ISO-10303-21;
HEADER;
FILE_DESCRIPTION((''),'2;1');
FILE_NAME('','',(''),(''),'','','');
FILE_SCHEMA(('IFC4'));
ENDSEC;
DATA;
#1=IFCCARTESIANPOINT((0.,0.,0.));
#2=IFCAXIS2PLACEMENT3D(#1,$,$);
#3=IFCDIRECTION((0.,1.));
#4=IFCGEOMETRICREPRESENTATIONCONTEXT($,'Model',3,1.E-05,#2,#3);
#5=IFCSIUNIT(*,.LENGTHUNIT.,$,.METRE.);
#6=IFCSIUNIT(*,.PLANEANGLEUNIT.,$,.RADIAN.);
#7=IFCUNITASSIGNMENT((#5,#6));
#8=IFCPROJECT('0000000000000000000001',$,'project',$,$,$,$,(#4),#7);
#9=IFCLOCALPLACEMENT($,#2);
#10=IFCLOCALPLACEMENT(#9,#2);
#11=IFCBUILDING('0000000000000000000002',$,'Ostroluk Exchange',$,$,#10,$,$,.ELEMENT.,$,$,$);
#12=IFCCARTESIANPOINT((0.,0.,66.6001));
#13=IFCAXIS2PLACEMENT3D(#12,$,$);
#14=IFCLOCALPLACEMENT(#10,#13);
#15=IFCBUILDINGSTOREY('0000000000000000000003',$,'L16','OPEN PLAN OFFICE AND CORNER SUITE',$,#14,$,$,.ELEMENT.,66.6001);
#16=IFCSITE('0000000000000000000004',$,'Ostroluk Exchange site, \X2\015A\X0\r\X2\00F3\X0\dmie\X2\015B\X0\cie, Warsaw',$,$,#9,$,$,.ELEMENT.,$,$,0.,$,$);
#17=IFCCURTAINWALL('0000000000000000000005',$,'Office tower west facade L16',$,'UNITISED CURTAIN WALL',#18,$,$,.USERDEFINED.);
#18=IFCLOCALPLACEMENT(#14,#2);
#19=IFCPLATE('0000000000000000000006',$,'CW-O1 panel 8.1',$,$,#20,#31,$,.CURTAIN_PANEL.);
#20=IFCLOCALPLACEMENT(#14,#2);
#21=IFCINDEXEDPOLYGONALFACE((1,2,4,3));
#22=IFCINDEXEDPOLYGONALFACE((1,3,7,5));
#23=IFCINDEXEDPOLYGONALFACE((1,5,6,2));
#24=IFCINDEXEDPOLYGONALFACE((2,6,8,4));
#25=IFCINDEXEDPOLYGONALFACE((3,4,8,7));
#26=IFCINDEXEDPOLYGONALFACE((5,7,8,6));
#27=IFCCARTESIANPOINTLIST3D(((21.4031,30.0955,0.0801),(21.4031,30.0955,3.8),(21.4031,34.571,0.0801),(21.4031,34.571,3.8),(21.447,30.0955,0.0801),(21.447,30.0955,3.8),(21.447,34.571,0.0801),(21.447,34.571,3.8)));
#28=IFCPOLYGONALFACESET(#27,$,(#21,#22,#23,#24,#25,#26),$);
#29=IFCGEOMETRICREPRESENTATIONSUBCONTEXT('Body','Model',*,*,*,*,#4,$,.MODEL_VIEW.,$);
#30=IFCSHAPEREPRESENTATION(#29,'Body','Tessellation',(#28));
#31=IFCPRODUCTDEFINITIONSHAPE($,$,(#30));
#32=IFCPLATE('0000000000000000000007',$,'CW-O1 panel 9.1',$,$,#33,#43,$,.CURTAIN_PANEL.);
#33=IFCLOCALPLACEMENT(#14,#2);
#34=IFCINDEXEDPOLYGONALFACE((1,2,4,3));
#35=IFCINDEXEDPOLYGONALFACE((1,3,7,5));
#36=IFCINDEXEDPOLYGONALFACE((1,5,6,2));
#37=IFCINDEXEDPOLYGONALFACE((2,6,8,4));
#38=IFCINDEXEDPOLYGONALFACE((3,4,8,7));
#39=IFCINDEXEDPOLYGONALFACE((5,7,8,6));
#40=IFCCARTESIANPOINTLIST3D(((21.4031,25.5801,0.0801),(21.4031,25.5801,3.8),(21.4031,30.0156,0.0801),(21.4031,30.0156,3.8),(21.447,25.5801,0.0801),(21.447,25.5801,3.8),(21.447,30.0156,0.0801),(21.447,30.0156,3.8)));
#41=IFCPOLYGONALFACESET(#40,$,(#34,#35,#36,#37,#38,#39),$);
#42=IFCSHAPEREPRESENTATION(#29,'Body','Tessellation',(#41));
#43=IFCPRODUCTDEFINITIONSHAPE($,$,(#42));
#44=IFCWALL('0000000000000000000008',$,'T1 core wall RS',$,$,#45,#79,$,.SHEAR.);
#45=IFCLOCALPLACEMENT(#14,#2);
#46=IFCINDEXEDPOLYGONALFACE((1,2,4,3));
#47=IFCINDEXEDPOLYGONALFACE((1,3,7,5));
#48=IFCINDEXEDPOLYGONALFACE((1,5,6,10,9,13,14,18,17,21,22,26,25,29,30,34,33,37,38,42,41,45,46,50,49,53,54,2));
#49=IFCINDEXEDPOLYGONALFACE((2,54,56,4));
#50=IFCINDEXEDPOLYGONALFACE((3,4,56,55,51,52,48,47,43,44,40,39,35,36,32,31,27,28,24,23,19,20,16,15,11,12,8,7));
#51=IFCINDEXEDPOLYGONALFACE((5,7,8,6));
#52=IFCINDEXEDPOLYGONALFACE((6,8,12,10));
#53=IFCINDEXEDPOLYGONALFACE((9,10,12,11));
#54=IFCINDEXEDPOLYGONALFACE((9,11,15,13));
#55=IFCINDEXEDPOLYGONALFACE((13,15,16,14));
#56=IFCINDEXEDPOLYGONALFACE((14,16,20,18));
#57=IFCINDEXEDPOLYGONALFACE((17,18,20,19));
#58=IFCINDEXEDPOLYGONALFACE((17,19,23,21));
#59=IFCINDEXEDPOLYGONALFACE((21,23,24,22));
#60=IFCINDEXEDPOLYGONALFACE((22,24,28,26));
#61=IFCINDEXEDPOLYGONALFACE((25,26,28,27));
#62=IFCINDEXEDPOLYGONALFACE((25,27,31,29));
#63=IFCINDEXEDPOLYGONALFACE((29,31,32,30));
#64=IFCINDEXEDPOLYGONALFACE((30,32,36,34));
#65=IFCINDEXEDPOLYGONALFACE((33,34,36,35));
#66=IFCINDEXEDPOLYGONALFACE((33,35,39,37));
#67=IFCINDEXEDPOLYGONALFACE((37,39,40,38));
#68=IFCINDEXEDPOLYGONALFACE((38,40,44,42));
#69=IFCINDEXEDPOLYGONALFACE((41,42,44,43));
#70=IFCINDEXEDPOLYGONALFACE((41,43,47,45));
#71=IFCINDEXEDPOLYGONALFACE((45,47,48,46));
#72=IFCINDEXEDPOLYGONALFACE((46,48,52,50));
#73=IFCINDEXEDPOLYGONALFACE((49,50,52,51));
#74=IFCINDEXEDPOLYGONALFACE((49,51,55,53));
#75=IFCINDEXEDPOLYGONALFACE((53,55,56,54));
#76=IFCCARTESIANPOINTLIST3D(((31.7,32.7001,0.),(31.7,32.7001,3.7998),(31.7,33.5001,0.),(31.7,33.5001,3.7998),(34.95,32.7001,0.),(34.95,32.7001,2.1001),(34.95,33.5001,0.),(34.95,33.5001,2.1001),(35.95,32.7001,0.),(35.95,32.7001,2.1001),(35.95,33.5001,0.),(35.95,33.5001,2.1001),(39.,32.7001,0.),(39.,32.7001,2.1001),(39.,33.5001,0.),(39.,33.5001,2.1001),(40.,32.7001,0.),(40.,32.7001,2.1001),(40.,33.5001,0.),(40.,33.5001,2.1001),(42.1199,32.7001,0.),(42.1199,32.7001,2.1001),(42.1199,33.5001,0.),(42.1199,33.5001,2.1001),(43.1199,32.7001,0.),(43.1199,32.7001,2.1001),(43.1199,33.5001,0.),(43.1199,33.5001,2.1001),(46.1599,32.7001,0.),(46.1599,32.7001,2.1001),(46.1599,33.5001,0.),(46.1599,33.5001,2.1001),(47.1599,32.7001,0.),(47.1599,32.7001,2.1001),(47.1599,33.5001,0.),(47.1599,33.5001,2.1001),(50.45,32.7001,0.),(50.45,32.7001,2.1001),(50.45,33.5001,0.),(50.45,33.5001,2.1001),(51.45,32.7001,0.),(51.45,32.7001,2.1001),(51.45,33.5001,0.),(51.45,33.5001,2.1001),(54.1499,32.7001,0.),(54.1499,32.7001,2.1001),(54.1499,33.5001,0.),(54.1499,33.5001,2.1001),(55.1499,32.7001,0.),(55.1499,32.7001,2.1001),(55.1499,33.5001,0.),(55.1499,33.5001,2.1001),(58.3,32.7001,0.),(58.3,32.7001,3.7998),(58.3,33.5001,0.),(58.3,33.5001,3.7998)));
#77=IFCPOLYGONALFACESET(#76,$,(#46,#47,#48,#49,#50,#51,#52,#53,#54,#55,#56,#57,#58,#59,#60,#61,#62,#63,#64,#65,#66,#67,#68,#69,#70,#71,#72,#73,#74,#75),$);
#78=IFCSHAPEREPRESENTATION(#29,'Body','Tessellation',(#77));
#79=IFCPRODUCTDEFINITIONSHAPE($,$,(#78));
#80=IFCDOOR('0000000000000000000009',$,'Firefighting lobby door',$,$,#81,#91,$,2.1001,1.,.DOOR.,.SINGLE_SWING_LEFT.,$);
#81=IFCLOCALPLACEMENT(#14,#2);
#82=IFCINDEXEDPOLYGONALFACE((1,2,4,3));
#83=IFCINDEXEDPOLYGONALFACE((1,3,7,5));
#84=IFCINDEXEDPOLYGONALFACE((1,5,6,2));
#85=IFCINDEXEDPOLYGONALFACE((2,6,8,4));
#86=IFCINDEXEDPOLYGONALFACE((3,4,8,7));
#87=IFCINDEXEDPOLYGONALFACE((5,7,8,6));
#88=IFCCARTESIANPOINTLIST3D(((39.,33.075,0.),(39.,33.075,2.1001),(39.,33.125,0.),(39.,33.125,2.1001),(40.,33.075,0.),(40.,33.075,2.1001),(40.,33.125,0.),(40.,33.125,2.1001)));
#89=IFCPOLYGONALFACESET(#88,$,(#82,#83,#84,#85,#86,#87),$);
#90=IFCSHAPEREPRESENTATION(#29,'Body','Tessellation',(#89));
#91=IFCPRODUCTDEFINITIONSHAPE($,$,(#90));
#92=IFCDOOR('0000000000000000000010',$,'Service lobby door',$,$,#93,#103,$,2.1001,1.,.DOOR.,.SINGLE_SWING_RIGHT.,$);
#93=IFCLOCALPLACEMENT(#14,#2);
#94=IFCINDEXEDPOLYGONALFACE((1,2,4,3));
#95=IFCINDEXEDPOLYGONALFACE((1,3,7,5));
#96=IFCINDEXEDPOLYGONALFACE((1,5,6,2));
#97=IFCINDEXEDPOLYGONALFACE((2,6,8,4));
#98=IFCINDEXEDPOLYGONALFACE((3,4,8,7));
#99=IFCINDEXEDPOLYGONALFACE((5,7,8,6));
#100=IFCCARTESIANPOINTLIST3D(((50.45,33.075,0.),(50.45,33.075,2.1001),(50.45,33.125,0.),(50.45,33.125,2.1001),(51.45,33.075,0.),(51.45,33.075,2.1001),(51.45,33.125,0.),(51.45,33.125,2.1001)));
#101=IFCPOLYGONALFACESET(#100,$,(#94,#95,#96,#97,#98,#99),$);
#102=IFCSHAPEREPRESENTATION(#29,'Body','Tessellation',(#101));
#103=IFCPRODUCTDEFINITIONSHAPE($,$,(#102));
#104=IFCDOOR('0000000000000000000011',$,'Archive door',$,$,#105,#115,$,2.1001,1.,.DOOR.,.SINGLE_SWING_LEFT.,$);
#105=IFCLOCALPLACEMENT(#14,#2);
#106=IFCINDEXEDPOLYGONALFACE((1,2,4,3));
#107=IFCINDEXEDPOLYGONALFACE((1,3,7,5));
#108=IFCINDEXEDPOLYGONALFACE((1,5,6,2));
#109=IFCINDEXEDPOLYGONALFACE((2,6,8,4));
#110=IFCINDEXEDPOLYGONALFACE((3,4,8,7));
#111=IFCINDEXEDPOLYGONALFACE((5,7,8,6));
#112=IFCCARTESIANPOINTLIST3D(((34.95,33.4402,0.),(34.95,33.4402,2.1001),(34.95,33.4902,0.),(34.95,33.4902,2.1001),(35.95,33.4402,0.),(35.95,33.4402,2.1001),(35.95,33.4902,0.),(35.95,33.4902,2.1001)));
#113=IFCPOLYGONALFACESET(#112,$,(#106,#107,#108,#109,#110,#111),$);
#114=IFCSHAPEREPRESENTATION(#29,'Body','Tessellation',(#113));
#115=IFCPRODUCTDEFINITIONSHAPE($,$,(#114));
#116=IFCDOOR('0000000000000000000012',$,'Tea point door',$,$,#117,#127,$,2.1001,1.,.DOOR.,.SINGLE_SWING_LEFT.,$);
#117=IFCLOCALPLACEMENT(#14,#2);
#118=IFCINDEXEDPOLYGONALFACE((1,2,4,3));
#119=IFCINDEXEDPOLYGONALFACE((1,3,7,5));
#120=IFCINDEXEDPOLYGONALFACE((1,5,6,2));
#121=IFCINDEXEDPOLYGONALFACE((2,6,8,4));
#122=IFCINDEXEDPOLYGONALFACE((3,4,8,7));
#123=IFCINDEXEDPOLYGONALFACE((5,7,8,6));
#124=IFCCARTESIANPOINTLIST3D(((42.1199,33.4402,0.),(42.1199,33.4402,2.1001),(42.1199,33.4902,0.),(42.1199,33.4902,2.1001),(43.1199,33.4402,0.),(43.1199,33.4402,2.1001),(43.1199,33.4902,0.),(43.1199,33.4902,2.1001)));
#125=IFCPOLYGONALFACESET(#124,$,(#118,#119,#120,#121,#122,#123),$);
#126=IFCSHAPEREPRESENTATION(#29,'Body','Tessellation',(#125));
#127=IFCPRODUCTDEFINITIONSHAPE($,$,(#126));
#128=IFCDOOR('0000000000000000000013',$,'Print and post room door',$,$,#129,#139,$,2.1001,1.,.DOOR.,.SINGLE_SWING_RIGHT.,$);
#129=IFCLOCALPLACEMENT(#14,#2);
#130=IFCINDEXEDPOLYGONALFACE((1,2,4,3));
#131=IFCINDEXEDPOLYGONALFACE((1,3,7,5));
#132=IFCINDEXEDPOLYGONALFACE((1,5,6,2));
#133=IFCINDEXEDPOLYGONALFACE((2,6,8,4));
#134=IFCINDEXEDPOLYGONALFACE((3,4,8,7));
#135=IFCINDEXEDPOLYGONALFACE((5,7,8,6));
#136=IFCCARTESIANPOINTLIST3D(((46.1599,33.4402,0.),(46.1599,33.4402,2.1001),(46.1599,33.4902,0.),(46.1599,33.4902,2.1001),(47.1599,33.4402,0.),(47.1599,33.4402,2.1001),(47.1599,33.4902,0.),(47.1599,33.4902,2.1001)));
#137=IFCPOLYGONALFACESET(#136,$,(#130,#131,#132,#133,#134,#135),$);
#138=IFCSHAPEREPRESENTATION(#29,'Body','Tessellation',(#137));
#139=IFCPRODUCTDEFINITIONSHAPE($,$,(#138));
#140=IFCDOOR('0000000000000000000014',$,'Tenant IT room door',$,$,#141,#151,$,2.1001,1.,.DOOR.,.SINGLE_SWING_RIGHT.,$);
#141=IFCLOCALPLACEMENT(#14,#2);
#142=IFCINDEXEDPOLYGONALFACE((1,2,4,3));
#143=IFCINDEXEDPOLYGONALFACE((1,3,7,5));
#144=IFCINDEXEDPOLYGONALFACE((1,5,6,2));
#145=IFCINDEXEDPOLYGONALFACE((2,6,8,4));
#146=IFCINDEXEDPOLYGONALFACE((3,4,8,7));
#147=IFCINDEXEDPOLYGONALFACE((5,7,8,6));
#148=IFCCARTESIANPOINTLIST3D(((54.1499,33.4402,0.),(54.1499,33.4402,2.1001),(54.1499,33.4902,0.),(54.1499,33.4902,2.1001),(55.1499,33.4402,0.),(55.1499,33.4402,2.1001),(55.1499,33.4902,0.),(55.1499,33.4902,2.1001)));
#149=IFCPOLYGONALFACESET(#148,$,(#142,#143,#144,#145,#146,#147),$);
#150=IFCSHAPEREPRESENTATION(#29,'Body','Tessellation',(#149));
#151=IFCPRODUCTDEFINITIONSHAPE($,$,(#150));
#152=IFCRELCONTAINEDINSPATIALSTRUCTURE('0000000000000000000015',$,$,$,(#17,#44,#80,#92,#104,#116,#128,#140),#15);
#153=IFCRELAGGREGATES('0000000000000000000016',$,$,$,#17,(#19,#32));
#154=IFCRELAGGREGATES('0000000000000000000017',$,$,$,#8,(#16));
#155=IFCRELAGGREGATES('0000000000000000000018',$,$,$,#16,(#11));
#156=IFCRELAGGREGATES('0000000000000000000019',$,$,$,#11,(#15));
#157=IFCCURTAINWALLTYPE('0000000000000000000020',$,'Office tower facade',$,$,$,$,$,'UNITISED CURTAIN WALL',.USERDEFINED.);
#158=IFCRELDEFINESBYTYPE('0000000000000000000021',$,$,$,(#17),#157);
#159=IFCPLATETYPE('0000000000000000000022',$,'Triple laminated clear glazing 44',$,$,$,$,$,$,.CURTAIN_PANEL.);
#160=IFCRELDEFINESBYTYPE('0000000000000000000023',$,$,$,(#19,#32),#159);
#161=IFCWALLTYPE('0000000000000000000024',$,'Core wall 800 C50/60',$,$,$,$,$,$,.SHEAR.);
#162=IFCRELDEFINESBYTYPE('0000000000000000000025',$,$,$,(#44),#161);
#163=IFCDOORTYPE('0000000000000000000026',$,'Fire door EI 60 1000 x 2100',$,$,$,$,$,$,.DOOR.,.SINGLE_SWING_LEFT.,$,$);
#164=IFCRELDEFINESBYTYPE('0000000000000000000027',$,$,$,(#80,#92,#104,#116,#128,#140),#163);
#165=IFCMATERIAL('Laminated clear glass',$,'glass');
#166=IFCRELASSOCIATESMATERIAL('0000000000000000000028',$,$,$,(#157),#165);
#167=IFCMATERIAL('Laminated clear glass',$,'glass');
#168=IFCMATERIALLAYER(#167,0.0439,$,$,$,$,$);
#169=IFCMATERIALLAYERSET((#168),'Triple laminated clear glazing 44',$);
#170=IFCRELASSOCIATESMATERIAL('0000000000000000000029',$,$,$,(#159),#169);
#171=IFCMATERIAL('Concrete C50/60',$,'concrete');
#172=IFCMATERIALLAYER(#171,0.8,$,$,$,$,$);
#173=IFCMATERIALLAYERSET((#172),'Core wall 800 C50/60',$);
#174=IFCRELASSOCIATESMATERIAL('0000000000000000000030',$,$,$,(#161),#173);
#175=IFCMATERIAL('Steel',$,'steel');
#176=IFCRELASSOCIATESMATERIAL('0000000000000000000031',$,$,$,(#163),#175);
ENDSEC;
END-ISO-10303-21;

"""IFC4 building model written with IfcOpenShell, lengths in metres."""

from ifc_helpers import new_model, si_unit, direction, frame, frame_2d, origin, origin_2d, place, context, subcontext, project, spatial, rectangle, extrude, material, layer, layer_set, type_object, element, fill, aggregate, save


model = new_model("IFC4")

# Units and contexts
model_context = context("Model", 3, precision=1e-05, world=origin(), true_north=direction((0.0, 1.0)))
body_context = subcontext(model_context, "Body", "Model", "MODEL_VIEW")
ifc_project = project(units=[si_unit("LENGTHUNIT", "METRE"), si_unit("PLANEANGLEUNIT", "RADIAN")], contexts=[model_context])

# Site, building, storey
site_placement = place(None, origin())
site = spatial("IfcSite", under=ifc_project, at=site_placement, Name="Ostroluk Exchange site, Śródmieście, Warsaw", CompositionType="ELEMENT", RefElevation=0.0)
building_placement = place(site_placement, origin())
building = spatial("IfcBuilding", under=site, at=building_placement, Name="Ostroluk Exchange", CompositionType="ELEMENT")
storey_placement = place(building_placement, frame((0.0, 0.0, 66.6001)))
storey = spatial("IfcBuildingStorey", under=building, at=storey_placement, Name="L16", Description="OPEN PLAN OFFICE AND CORNER SUITE", CompositionType="ELEMENT", Elevation=66.6001)

# Curtain wall, plates
ifc_material_1 = material(Name="Laminated clear glass", Category="glass")
curtain_wall_type = type_object("IfcCurtainWallType", Name="Office tower facade", ElementType="UNITISED CURTAIN WALL", PredefinedType="USERDEFINED", material=ifc_material_1)
curtain_wall_placement = place(storey_placement, origin())
curtain_wall = element("IfcCurtainWall", 1, at=curtain_wall_placement, inside=storey, type_object=curtain_wall_type, Name="Office tower west facade L16", ObjectType="UNITISED CURTAIN WALL", PredefinedType="USERDEFINED")
ifc_material_2 = material(Name="Laminated clear glass", Category="glass")
ifc_layer_1 = layer(ifc_material_2, 0.0439)
ifc_layer_set_1 = layer_set([ifc_layer_1], Name="Triple laminated clear glazing 44")
plate_type = type_object("IfcPlateType", Name="Triple laminated clear glazing 44", PredefinedType="CURTAIN_PANEL", material=ifc_layer_set_1)
plate_1_placement = place(storey_placement, frame((21.425, 32.3333, 0.0801), z_axis=(0.0, 0.0, 1.0), x_axis=(0.0, -1.0, 0.0)))
plate_1 = element("IfcPlate", 2, at=plate_1_placement, type_object=plate_type, Name="CW-O1 panel 8.1", PredefinedType="CURTAIN_PANEL", context=body_context, shape_type="SweptSolid", body=[
    extrude(rectangle(XDim=4.4756, YDim=0.0439, at=origin_2d()), origin(), (0.0, 0.0, 1.0), 3.72),
])
plate_2_placement = place(storey_placement, frame((21.425, 27.7979, 0.0801), z_axis=(0.0, 0.0, 1.0), x_axis=(0.0, -1.0, 0.0)))
plate_2 = element("IfcPlate", 3, at=plate_2_placement, type_object=plate_type, Name="CW-O1 panel 9.1", PredefinedType="CURTAIN_PANEL", context=body_context, shape_type="SweptSolid", body=[
    extrude(rectangle(XDim=4.4355, YDim=0.0439, at=origin_2d()), origin(), (0.0, 0.0, 1.0), 3.72),
])
aggregate(curtain_wall, [plate_1, plate_2])

# Wall, openings, doors
ifc_material_3 = material(Name="Concrete C50/60", Category="concrete")
ifc_layer_2 = layer(ifc_material_3, 0.8)
ifc_layer_set_2 = layer_set([ifc_layer_2], Name="Core wall 800 C50/60")
wall_type_1 = type_object("IfcWallType", Name="Core wall 800 C50/60", PredefinedType="SHEAR", material=ifc_layer_set_2)
wall_1_placement = place(storey_placement, frame((31.7, 33.1001, 0.0), z_axis=(0.0, 0.0, 1.0), x_axis=(1.0, 0.0, 0.0)))
wall_1 = element("IfcWall", 4, at=wall_1_placement, inside=storey, type_object=wall_type_1, Name="T1 core wall RS", PredefinedType="SHEAR", context=body_context, shape_type="SweptSolid", body=[
    extrude(rectangle(XDim=26.6001, YDim=0.8, at=frame_2d((13.3, 0.0))), origin(), (0.0, 0.0, 1.0), 3.7998),
])
opening_1_placement = place(wall_1_placement, frame((7.3, 0.0, 0.0)))
opening_1 = element("IfcOpeningElement", 5, at=opening_1_placement, cuts=wall_1, PredefinedType="OPENING", context=body_context, shape_type="SweptSolid", body=[
    extrude(rectangle(XDim=1.0, YDim=2.1001, at=frame_2d((0.5, 1.05))), frame((0.0, 0.4099, 0.0), z_axis=(0.0, -1.0, 0.0), x_axis=(1.0, 0.0, 0.0)), (0.0, 0.0, 1.0), 0.8201),
])
opening_2_placement = place(wall_1_placement, frame((18.75, 0.0, 0.0)))
opening_2 = element("IfcOpeningElement", 6, at=opening_2_placement, cuts=wall_1, PredefinedType="OPENING", context=body_context, shape_type="SweptSolid", body=[
    extrude(rectangle(XDim=1.0, YDim=2.1001, at=frame_2d((0.5, 1.05))), frame((0.0, 0.4099, 0.0), z_axis=(0.0, -1.0, 0.0), x_axis=(1.0, 0.0, 0.0)), (0.0, 0.0, 1.0), 0.8201),
])
opening_3_placement = place(wall_1_placement, frame((3.25, 0.0, 0.0)))
opening_3 = element("IfcOpeningElement", 7, at=opening_3_placement, cuts=wall_1, PredefinedType="OPENING", context=body_context, shape_type="SweptSolid", body=[
    extrude(rectangle(XDim=1.0, YDim=2.1001, at=frame_2d((0.5, 1.05))), frame((0.0, 0.4099, 0.0), z_axis=(0.0, -1.0, 0.0), x_axis=(1.0, 0.0, 0.0)), (0.0, 0.0, 1.0), 0.8201),
])
opening_4_placement = place(wall_1_placement, frame((10.4199, 0.0, 0.0)))
opening_4 = element("IfcOpeningElement", 8, at=opening_4_placement, cuts=wall_1, PredefinedType="OPENING", context=body_context, shape_type="SweptSolid", body=[
    extrude(rectangle(XDim=1.0, YDim=2.1001, at=frame_2d((0.5, 1.05))), frame((0.0, 0.4099, 0.0), z_axis=(0.0, -1.0, 0.0), x_axis=(1.0, 0.0, 0.0)), (0.0, 0.0, 1.0), 0.8201),
])
opening_5_placement = place(wall_1_placement, frame((14.46, 0.0, 0.0)))
opening_5 = element("IfcOpeningElement", 9, at=opening_5_placement, cuts=wall_1, PredefinedType="OPENING", context=body_context, shape_type="SweptSolid", body=[
    extrude(rectangle(XDim=1.0, YDim=2.1001, at=frame_2d((0.5, 1.05))), frame((0.0, 0.4099, 0.0), z_axis=(0.0, -1.0, 0.0), x_axis=(1.0, 0.0, 0.0)), (0.0, 0.0, 1.0), 0.8201),
])
opening_6_placement = place(wall_1_placement, frame((22.45, 0.0, 0.0)))
opening_6 = element("IfcOpeningElement", 10, at=opening_6_placement, cuts=wall_1, PredefinedType="OPENING", context=body_context, shape_type="SweptSolid", body=[
    extrude(rectangle(XDim=1.0, YDim=2.1001, at=frame_2d((0.5, 1.05))), frame((0.0, 0.4099, 0.0), z_axis=(0.0, -1.0, 0.0), x_axis=(1.0, 0.0, 0.0)), (0.0, 0.0, 1.0), 0.8201),
])
ifc_material_4 = material(Name="Steel", Category="steel")
door_type_1 = type_object("IfcDoorType", Name="Fire door EI 60 1000 x 2100", OperationType="SINGLE_SWING_LEFT", PredefinedType="DOOR", material=ifc_material_4)
door_1_placement = place(opening_1_placement, origin())
door_1 = element("IfcDoor", 11, at=door_1_placement, inside=storey, type_object=door_type_1, Name="Firefighting lobby door", OperationType="SINGLE_SWING_LEFT", OverallHeight=2.1001, OverallWidth=1.0, PredefinedType="DOOR", context=body_context, shape_type="SweptSolid", body=[
    extrude(rectangle(XDim=1.0, YDim=2.1001, at=frame_2d((0.5, 1.05))), frame((0.0, 0.0249, 0.0), z_axis=(0.0, -1.0, 0.0), x_axis=(1.0, 0.0, 0.0)), (0.0, 0.0, 1.0), 0.05),
])
fill(opening_1, door_1)
door_2_placement = place(opening_2_placement, origin())
door_2 = element("IfcDoor", 12, at=door_2_placement, inside=storey, type_object=door_type_1, Name="Service lobby door", OperationType="SINGLE_SWING_RIGHT", OverallHeight=2.1001, OverallWidth=1.0, PredefinedType="DOOR", context=body_context, shape_type="SweptSolid", body=[
    extrude(rectangle(XDim=1.0, YDim=2.1001, at=frame_2d((0.5, 1.05))), frame((0.0, 0.0249, 0.0), z_axis=(0.0, -1.0, 0.0), x_axis=(1.0, 0.0, 0.0)), (0.0, 0.0, 1.0), 0.05),
])
fill(opening_2, door_2)
door_3_placement = place(opening_3_placement, origin())
door_3 = element("IfcDoor", 13, at=door_3_placement, inside=storey, type_object=door_type_1, Name="Archive door", OperationType="SINGLE_SWING_LEFT", OverallHeight=2.1001, OverallWidth=1.0, PredefinedType="DOOR", context=body_context, shape_type="SweptSolid", body=[
    extrude(rectangle(XDim=1.0, YDim=2.1001, at=frame_2d((0.5, 1.05))), frame((0.0, 0.3901, 0.0), z_axis=(0.0, -1.0, 0.0), x_axis=(1.0, 0.0, 0.0)), (0.0, 0.0, 1.0), 0.05),
])
fill(opening_3, door_3)
door_4_placement = place(opening_4_placement, origin())
door_4 = element("IfcDoor", 14, at=door_4_placement, inside=storey, type_object=door_type_1, Name="Tea point door", OperationType="SINGLE_SWING_LEFT", OverallHeight=2.1001, OverallWidth=1.0, PredefinedType="DOOR", context=body_context, shape_type="SweptSolid", body=[
    extrude(rectangle(XDim=1.0, YDim=2.1001, at=frame_2d((0.5, 1.05))), frame((0.0, 0.3901, 0.0), z_axis=(0.0, -1.0, 0.0), x_axis=(1.0, 0.0, 0.0)), (0.0, 0.0, 1.0), 0.05),
])
fill(opening_4, door_4)
door_5_placement = place(opening_5_placement, origin())
door_5 = element("IfcDoor", 15, at=door_5_placement, inside=storey, type_object=door_type_1, Name="Print and post room door", OperationType="SINGLE_SWING_RIGHT", OverallHeight=2.1001, OverallWidth=1.0, PredefinedType="DOOR", context=body_context, shape_type="SweptSolid", body=[
    extrude(rectangle(XDim=1.0, YDim=2.1001, at=frame_2d((0.5, 1.05))), frame((0.0, 0.3901, 0.0), z_axis=(0.0, -1.0, 0.0), x_axis=(1.0, 0.0, 0.0)), (0.0, 0.0, 1.0), 0.05),
])
fill(opening_5, door_5)
door_6_placement = place(opening_6_placement, origin())
door_6 = element("IfcDoor", 16, at=door_6_placement, inside=storey, type_object=door_type_1, Name="Tenant IT room door", OperationType="SINGLE_SWING_RIGHT", OverallHeight=2.1001, OverallWidth=1.0, PredefinedType="DOOR", context=body_context, shape_type="SweptSolid", body=[
    extrude(rectangle(XDim=1.0, YDim=2.1001, at=frame_2d((0.5, 1.05))), frame((0.0, 0.3901, 0.0), z_axis=(0.0, -1.0, 0.0), x_axis=(1.0, 0.0, 0.0)), (0.0, 0.0, 1.0), 0.05),
])
fill(opening_6, door_6)

save(model, "model.ifc")
